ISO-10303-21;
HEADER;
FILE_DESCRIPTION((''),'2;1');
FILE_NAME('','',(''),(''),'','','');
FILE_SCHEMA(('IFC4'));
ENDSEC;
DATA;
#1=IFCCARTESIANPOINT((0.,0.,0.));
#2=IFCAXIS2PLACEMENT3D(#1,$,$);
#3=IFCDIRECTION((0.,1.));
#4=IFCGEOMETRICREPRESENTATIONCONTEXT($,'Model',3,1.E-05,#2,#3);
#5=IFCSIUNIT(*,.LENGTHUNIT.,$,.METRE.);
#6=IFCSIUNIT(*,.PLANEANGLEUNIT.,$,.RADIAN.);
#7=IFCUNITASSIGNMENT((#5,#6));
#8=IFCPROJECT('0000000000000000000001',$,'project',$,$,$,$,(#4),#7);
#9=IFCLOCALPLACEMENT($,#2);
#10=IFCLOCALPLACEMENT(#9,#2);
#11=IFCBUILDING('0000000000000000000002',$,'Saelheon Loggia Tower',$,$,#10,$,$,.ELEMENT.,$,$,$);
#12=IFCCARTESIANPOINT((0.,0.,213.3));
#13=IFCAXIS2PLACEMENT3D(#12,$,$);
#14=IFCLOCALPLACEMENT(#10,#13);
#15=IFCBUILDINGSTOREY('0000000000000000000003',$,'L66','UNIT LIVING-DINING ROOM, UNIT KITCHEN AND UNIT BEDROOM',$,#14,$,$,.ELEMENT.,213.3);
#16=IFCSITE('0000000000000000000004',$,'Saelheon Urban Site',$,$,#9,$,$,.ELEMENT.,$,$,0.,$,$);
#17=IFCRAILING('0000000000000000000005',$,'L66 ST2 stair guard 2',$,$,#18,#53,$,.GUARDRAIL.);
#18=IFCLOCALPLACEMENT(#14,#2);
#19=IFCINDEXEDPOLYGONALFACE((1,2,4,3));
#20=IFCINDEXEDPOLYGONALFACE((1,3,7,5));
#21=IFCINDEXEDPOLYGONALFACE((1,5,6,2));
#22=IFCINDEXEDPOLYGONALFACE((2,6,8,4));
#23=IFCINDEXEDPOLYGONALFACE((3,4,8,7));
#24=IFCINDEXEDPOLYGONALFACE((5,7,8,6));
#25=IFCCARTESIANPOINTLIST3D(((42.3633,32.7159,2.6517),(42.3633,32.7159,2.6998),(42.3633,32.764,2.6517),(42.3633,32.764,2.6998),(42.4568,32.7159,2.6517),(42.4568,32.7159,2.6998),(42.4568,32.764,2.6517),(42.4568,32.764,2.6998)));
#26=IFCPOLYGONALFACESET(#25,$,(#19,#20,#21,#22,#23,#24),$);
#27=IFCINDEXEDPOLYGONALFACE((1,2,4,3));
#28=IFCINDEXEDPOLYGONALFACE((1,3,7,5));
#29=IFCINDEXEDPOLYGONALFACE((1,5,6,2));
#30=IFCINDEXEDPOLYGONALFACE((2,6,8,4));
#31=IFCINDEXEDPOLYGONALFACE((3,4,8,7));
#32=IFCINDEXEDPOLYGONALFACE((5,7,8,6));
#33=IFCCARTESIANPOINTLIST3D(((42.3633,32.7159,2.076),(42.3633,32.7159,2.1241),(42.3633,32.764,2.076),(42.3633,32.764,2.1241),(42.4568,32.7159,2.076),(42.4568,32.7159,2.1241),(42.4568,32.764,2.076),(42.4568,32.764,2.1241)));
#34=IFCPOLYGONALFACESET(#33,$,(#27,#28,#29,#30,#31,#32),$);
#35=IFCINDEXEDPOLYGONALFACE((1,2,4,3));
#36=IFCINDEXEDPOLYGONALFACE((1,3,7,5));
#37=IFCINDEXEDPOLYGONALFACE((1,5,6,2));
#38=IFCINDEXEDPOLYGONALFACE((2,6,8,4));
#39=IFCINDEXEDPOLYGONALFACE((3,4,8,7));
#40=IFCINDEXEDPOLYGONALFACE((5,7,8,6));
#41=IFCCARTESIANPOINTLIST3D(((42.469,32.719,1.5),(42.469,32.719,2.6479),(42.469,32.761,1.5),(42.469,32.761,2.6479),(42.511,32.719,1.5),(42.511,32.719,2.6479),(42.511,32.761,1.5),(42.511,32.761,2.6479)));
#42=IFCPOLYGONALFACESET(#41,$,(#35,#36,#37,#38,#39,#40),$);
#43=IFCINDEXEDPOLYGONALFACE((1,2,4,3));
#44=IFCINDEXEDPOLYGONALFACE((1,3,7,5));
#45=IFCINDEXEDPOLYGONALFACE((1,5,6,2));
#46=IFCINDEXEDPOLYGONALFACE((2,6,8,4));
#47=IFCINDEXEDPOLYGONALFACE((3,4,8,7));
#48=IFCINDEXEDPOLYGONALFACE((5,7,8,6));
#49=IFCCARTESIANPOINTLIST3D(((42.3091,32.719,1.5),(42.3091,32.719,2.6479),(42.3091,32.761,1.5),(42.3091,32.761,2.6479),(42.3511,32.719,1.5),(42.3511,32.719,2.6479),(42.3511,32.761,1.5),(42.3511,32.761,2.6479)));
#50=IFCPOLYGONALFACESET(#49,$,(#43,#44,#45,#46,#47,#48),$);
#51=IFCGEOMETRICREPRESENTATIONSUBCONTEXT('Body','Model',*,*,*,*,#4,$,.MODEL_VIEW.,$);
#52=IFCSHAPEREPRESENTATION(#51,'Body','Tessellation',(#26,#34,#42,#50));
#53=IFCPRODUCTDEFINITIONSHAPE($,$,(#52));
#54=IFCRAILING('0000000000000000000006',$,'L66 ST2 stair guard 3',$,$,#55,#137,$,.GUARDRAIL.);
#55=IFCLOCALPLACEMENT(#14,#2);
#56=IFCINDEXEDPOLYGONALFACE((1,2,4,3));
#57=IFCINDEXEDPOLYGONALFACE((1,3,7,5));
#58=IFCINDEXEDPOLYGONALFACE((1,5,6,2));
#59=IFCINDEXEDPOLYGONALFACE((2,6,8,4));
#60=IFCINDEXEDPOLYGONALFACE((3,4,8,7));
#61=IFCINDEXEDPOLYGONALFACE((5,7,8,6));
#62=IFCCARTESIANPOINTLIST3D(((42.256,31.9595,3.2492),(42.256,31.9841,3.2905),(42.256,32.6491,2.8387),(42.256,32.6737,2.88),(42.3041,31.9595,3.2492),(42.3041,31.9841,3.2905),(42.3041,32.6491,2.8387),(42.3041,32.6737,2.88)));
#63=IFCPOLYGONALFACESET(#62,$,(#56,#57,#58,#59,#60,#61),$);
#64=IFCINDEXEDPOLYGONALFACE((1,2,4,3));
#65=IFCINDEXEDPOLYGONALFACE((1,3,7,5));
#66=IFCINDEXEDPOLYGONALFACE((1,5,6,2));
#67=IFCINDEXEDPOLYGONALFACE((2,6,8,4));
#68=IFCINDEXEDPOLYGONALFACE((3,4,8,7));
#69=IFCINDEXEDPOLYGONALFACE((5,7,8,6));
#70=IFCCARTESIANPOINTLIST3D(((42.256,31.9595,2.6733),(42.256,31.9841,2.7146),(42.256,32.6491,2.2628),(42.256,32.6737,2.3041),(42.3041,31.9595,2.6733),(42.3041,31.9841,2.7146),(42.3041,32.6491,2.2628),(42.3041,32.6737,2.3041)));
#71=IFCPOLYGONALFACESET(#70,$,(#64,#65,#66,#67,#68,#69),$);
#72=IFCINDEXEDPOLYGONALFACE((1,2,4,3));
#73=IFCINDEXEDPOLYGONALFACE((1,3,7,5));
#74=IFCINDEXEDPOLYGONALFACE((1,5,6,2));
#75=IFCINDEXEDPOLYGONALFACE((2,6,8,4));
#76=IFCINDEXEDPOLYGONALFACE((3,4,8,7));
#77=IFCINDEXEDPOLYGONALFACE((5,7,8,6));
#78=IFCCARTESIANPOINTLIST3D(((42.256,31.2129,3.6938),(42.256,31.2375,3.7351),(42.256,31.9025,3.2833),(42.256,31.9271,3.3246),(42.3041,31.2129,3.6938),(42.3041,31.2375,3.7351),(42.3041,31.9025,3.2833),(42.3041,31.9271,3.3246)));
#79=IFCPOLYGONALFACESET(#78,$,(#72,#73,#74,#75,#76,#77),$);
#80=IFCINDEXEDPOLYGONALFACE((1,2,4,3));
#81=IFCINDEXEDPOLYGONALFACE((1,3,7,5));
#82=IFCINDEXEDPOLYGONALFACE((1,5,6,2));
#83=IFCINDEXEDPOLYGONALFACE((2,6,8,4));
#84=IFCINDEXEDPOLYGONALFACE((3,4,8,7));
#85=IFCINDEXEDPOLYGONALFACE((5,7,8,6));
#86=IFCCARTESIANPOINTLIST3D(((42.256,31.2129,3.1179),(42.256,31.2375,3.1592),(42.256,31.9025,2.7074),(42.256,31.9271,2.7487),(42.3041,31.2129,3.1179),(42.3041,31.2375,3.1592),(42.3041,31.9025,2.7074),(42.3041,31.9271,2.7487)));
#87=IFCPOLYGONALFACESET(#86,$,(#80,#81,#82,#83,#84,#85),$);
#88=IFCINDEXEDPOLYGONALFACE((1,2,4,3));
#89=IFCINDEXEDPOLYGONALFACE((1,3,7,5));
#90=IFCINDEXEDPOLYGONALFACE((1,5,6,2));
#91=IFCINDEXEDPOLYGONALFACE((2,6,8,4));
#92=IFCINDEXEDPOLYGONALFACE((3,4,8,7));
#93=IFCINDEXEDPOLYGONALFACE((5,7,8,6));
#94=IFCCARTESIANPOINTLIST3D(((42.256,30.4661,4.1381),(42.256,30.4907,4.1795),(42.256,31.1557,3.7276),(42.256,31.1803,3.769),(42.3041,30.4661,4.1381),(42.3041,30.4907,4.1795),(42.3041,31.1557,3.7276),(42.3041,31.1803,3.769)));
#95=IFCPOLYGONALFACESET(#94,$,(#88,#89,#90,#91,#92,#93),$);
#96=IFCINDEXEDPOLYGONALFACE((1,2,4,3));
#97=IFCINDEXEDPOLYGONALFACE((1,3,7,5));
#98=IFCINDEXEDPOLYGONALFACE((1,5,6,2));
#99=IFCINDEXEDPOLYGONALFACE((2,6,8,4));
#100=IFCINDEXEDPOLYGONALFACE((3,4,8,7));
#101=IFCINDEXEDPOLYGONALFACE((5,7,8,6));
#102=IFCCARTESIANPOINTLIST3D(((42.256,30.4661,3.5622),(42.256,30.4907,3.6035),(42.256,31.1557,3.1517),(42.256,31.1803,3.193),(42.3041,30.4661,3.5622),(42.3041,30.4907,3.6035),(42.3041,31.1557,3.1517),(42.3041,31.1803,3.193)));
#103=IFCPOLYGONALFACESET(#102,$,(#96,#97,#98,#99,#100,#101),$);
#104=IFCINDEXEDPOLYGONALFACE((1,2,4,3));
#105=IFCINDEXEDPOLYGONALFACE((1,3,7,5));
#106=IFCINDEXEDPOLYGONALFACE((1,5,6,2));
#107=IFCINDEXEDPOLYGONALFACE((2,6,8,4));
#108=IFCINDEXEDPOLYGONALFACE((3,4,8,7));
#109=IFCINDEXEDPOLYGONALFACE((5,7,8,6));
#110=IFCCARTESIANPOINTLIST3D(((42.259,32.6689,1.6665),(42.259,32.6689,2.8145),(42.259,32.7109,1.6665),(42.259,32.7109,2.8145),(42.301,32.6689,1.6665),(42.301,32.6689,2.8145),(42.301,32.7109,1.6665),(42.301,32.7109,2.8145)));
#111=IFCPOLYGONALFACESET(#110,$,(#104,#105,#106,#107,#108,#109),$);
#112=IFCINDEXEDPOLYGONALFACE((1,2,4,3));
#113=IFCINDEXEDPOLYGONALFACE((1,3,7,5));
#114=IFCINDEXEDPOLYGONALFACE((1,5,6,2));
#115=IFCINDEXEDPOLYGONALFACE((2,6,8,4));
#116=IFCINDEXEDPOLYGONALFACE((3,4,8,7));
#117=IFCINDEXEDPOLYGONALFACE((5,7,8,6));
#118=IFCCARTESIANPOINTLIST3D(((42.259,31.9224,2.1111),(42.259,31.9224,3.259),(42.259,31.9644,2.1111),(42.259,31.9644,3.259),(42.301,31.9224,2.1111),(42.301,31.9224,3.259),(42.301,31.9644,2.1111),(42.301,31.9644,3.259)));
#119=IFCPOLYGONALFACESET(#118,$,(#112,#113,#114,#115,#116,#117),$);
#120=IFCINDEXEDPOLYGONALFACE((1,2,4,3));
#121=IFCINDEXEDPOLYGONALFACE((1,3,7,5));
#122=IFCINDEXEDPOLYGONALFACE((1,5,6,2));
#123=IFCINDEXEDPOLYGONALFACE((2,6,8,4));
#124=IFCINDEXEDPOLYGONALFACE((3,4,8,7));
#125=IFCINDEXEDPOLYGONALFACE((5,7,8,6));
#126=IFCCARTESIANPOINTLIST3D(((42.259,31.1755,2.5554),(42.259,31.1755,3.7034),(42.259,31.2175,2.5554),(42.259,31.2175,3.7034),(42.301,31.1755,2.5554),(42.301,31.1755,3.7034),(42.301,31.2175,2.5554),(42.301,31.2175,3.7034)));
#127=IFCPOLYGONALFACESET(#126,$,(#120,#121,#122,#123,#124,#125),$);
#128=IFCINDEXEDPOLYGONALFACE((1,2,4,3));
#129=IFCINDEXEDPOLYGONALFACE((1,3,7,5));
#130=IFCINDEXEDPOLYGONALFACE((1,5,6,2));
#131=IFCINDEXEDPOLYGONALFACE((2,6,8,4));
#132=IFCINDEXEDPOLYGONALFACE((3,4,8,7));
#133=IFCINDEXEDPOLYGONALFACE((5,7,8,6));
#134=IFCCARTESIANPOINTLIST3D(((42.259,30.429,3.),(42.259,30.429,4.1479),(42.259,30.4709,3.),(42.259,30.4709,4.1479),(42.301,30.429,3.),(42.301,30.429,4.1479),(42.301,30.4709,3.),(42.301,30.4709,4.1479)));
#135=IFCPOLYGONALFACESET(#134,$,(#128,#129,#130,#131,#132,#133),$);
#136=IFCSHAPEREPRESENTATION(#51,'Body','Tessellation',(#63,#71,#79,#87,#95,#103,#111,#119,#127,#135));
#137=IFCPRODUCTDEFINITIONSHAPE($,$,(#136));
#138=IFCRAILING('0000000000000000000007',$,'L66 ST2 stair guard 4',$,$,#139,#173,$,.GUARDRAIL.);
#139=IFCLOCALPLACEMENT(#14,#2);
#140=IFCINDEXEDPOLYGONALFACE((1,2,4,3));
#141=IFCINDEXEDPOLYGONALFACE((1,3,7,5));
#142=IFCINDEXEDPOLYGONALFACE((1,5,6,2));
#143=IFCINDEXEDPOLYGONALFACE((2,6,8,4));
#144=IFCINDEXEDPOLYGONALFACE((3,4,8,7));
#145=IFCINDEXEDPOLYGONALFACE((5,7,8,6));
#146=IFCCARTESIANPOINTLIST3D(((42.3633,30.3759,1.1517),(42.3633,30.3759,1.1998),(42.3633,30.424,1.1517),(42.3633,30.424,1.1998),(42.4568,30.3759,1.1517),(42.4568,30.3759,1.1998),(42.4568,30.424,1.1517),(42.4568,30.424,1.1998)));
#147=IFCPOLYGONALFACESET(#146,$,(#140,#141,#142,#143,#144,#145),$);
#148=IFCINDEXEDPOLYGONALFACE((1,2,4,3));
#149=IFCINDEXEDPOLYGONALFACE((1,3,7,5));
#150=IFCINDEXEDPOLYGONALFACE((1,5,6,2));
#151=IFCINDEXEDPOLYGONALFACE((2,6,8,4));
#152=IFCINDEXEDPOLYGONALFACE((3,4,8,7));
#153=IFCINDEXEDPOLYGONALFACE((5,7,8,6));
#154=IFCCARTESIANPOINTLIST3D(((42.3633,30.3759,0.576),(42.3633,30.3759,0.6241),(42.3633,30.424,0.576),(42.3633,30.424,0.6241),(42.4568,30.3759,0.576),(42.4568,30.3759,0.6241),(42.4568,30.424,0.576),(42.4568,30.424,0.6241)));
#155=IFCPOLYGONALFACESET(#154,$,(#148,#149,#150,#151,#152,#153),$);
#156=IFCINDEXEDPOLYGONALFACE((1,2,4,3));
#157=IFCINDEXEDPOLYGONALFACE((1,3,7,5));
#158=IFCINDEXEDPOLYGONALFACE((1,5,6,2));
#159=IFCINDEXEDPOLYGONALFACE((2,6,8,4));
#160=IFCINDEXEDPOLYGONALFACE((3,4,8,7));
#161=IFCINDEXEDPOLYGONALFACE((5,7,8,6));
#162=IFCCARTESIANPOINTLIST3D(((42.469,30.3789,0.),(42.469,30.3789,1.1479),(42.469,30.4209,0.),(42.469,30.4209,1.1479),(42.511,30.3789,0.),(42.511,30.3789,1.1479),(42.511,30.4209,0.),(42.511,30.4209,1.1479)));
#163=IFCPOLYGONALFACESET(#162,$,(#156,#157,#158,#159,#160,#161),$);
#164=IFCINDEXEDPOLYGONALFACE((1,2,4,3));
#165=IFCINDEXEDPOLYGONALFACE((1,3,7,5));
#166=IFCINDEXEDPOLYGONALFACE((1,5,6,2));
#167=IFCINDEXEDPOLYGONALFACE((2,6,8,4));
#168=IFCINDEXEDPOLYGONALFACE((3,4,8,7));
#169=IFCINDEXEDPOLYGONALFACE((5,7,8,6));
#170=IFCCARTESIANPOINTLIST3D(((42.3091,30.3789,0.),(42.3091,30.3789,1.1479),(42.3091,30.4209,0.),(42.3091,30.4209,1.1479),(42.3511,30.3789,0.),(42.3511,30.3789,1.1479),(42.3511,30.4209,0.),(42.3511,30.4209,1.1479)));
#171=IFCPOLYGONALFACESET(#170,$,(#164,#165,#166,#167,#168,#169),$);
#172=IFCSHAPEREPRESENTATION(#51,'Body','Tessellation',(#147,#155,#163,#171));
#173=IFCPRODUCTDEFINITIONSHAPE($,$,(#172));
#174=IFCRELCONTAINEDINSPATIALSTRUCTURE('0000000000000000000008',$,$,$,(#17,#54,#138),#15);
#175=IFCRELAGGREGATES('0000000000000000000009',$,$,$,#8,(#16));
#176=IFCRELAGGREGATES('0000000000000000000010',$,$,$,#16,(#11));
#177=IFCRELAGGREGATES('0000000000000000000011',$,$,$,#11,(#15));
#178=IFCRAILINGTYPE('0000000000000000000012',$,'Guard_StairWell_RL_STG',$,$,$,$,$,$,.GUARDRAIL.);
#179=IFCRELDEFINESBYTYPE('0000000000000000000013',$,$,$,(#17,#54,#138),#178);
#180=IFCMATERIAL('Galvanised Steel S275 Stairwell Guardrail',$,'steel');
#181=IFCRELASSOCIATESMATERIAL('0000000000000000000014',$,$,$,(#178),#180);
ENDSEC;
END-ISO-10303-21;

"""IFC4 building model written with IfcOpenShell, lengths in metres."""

from ifc_helpers import new_model, si_unit, direction, frame, origin, origin_2d, place, context, subcontext, project, spatial, rectangle, extrude, material, type_object, element, save


model = new_model("IFC4")

# Units and contexts
model_context = context("Model", 3, precision=1e-05, world=origin(), true_north=direction((0.0, 1.0)))
body_context = subcontext(model_context, "Body", "Model", "MODEL_VIEW")
ifc_project = project(units=[si_unit("LENGTHUNIT", "METRE"), si_unit("PLANEANGLEUNIT", "RADIAN")], contexts=[model_context])

# Site, building, storey
site_placement = place(None, origin())
site = spatial("IfcSite", under=ifc_project, at=site_placement, Name="Saelheon Urban Site", CompositionType="ELEMENT", RefElevation=0.0)
building_placement = place(site_placement, origin())
building = spatial("IfcBuilding", under=site, at=building_placement, Name="Saelheon Loggia Tower", CompositionType="ELEMENT")
storey_placement = place(building_placement, frame((0.0, 0.0, 213.3)))
storey = spatial("IfcBuildingStorey", under=building, at=storey_placement, Name="L66", Description="UNIT LIVING-DINING ROOM, UNIT KITCHEN AND UNIT BEDROOM", CompositionType="ELEMENT", Elevation=213.3)

# Railings
ifc_material_1 = material(Name="Galvanised Steel S275 Stairwell Guardrail", Category="steel")
railing_type_1 = type_object("IfcRailingType", Name="Guard_StairWell_RL_STG", PredefinedType="GUARDRAIL", material=ifc_material_1)
railing_1_placement = place(storey_placement, frame((42.49, 32.74, 1.5)))
element("IfcRailing", 1, at=railing_1_placement, inside=storey, type_object=railing_type_1, Name="L66 ST2 stair guard 2", PredefinedType="GUARDRAIL", context=body_context, shape_type="SweptSolid", body=[
    extrude(rectangle(XDim=0.0481, YDim=0.0481, at=origin_2d()), frame((-0.0332, 0.0, 1.1758), z_axis=(-1.0, 0.0, 0.0), x_axis=(0.0, -1.0, 0.0)), (0.0, 0.0, 1.0), 0.0935),
    extrude(rectangle(XDim=0.0481, YDim=0.0481, at=origin_2d()), frame((-0.0332, 0.0, 0.6001), z_axis=(-1.0, 0.0, 0.0), x_axis=(0.0, -1.0, 0.0)), (0.0, 0.0, 1.0), 0.0935),
    extrude(rectangle(XDim=0.042, YDim=0.042, at=origin_2d()), origin(), (0.0, 0.0, 1.0), 1.1479),
    extrude(rectangle(XDim=0.042, YDim=0.042, at=origin_2d()), frame((-0.1599, 0.0, 0.0)), (0.0, 0.0, 1.0), 1.1479),
])
railing_2_placement = place(storey_placement, frame((42.28, 32.6899, 1.6665)))
element("IfcRailing", 2, at=railing_2_placement, inside=storey, type_object=railing_type_1, Name="L66 ST2 stair guard 3", PredefinedType="GUARDRAIL", context=body_context, shape_type="SweptSolid", body=[
    extrude(rectangle(XDim=0.0481, YDim=0.0481, at=origin_2d()), frame((0.0, -0.0286, 1.1929), z_axis=(0.0, -0.859264, 0.511532), x_axis=(1.0, 0.0, 0.0)), (0.0, 0.0, 1.0), 0.8025),
    extrude(rectangle(XDim=0.0481, YDim=0.0481, at=origin_2d()), frame((0.0, -0.0286, 0.6169), z_axis=(0.0, -0.859264, 0.511532), x_axis=(1.0, 0.0, 0.0)), (0.0, 0.0, 1.0), 0.8025),
    extrude(rectangle(XDim=0.0481, YDim=0.0481, at=origin_2d()), frame((0.0, -0.7751, 1.6375), z_axis=(0.0, -0.859264, 0.511532), x_axis=(1.0, 0.0, 0.0)), (0.0, 0.0, 1.0), 0.8025),
    extrude(rectangle(XDim=0.0481, YDim=0.0481, at=origin_2d()), frame((0.0, -0.7751, 1.0615), z_axis=(0.0, -0.859264, 0.511532), x_axis=(1.0, 0.0, 0.0)), (0.0, 0.0, 1.0), 0.8025),
    extrude(rectangle(XDim=0.0481, YDim=0.0481, at=origin_2d()), frame((0.0, -1.522, 2.0818), z_axis=(0.0, -0.859264, 0.511532), x_axis=(1.0, 0.0, 0.0)), (0.0, 0.0, 1.0), 0.8025),
    extrude(rectangle(XDim=0.0481, YDim=0.0481, at=origin_2d()), frame((0.0, -1.522, 1.5059), z_axis=(0.0, -0.859264, 0.511532), x_axis=(1.0, 0.0, 0.0)), (0.0, 0.0, 1.0), 0.8025),
    extrude(rectangle(XDim=0.042, YDim=0.042, at=origin_2d()), origin(), (0.0, 0.0, 1.0), 1.1479),
    extrude(rectangle(XDim=0.042, YDim=0.042, at=origin_2d()), frame((0.0, -0.7466, 0.4446)), (0.0, 0.0, 1.0), 1.1479),
    extrude(rectangle(XDim=0.042, YDim=0.042, at=origin_2d()), frame((0.0, -1.4934, 0.8889)), (0.0, 0.0, 1.0), 1.1479),
    extrude(rectangle(XDim=0.042, YDim=0.042, at=origin_2d()), frame((0.0, -2.24, 1.3335)), (0.0, 0.0, 1.0), 1.1479),
])
railing_3_placement = place(storey_placement, frame((42.49, 30.3999, 0.0)))
element("IfcRailing", 3, at=railing_3_placement, inside=storey, type_object=railing_type_1, Name="L66 ST2 stair guard 4", PredefinedType="GUARDRAIL", context=body_context, shape_type="SweptSolid", body=[
    extrude(rectangle(XDim=0.0481, YDim=0.0481, at=origin_2d()), frame((-0.0332, 0.0, 1.1758), z_axis=(-1.0, 0.0, 0.0), x_axis=(0.0, -1.0, 0.0)), (0.0, 0.0, 1.0), 0.0935),
    extrude(rectangle(XDim=0.0481, YDim=0.0481, at=origin_2d()), frame((-0.0332, 0.0, 0.6001), z_axis=(-1.0, 0.0, 0.0), x_axis=(0.0, -1.0, 0.0)), (0.0, 0.0, 1.0), 0.0935),
    extrude(rectangle(XDim=0.042, YDim=0.042, at=origin_2d()), origin(), (0.0, 0.0, 1.0), 1.1479),
    extrude(rectangle(XDim=0.042, YDim=0.042, at=origin_2d()), frame((-0.1599, 0.0, 0.0)), (0.0, 0.0, 1.0), 1.1479),
])

save(model, "model.ifc")
